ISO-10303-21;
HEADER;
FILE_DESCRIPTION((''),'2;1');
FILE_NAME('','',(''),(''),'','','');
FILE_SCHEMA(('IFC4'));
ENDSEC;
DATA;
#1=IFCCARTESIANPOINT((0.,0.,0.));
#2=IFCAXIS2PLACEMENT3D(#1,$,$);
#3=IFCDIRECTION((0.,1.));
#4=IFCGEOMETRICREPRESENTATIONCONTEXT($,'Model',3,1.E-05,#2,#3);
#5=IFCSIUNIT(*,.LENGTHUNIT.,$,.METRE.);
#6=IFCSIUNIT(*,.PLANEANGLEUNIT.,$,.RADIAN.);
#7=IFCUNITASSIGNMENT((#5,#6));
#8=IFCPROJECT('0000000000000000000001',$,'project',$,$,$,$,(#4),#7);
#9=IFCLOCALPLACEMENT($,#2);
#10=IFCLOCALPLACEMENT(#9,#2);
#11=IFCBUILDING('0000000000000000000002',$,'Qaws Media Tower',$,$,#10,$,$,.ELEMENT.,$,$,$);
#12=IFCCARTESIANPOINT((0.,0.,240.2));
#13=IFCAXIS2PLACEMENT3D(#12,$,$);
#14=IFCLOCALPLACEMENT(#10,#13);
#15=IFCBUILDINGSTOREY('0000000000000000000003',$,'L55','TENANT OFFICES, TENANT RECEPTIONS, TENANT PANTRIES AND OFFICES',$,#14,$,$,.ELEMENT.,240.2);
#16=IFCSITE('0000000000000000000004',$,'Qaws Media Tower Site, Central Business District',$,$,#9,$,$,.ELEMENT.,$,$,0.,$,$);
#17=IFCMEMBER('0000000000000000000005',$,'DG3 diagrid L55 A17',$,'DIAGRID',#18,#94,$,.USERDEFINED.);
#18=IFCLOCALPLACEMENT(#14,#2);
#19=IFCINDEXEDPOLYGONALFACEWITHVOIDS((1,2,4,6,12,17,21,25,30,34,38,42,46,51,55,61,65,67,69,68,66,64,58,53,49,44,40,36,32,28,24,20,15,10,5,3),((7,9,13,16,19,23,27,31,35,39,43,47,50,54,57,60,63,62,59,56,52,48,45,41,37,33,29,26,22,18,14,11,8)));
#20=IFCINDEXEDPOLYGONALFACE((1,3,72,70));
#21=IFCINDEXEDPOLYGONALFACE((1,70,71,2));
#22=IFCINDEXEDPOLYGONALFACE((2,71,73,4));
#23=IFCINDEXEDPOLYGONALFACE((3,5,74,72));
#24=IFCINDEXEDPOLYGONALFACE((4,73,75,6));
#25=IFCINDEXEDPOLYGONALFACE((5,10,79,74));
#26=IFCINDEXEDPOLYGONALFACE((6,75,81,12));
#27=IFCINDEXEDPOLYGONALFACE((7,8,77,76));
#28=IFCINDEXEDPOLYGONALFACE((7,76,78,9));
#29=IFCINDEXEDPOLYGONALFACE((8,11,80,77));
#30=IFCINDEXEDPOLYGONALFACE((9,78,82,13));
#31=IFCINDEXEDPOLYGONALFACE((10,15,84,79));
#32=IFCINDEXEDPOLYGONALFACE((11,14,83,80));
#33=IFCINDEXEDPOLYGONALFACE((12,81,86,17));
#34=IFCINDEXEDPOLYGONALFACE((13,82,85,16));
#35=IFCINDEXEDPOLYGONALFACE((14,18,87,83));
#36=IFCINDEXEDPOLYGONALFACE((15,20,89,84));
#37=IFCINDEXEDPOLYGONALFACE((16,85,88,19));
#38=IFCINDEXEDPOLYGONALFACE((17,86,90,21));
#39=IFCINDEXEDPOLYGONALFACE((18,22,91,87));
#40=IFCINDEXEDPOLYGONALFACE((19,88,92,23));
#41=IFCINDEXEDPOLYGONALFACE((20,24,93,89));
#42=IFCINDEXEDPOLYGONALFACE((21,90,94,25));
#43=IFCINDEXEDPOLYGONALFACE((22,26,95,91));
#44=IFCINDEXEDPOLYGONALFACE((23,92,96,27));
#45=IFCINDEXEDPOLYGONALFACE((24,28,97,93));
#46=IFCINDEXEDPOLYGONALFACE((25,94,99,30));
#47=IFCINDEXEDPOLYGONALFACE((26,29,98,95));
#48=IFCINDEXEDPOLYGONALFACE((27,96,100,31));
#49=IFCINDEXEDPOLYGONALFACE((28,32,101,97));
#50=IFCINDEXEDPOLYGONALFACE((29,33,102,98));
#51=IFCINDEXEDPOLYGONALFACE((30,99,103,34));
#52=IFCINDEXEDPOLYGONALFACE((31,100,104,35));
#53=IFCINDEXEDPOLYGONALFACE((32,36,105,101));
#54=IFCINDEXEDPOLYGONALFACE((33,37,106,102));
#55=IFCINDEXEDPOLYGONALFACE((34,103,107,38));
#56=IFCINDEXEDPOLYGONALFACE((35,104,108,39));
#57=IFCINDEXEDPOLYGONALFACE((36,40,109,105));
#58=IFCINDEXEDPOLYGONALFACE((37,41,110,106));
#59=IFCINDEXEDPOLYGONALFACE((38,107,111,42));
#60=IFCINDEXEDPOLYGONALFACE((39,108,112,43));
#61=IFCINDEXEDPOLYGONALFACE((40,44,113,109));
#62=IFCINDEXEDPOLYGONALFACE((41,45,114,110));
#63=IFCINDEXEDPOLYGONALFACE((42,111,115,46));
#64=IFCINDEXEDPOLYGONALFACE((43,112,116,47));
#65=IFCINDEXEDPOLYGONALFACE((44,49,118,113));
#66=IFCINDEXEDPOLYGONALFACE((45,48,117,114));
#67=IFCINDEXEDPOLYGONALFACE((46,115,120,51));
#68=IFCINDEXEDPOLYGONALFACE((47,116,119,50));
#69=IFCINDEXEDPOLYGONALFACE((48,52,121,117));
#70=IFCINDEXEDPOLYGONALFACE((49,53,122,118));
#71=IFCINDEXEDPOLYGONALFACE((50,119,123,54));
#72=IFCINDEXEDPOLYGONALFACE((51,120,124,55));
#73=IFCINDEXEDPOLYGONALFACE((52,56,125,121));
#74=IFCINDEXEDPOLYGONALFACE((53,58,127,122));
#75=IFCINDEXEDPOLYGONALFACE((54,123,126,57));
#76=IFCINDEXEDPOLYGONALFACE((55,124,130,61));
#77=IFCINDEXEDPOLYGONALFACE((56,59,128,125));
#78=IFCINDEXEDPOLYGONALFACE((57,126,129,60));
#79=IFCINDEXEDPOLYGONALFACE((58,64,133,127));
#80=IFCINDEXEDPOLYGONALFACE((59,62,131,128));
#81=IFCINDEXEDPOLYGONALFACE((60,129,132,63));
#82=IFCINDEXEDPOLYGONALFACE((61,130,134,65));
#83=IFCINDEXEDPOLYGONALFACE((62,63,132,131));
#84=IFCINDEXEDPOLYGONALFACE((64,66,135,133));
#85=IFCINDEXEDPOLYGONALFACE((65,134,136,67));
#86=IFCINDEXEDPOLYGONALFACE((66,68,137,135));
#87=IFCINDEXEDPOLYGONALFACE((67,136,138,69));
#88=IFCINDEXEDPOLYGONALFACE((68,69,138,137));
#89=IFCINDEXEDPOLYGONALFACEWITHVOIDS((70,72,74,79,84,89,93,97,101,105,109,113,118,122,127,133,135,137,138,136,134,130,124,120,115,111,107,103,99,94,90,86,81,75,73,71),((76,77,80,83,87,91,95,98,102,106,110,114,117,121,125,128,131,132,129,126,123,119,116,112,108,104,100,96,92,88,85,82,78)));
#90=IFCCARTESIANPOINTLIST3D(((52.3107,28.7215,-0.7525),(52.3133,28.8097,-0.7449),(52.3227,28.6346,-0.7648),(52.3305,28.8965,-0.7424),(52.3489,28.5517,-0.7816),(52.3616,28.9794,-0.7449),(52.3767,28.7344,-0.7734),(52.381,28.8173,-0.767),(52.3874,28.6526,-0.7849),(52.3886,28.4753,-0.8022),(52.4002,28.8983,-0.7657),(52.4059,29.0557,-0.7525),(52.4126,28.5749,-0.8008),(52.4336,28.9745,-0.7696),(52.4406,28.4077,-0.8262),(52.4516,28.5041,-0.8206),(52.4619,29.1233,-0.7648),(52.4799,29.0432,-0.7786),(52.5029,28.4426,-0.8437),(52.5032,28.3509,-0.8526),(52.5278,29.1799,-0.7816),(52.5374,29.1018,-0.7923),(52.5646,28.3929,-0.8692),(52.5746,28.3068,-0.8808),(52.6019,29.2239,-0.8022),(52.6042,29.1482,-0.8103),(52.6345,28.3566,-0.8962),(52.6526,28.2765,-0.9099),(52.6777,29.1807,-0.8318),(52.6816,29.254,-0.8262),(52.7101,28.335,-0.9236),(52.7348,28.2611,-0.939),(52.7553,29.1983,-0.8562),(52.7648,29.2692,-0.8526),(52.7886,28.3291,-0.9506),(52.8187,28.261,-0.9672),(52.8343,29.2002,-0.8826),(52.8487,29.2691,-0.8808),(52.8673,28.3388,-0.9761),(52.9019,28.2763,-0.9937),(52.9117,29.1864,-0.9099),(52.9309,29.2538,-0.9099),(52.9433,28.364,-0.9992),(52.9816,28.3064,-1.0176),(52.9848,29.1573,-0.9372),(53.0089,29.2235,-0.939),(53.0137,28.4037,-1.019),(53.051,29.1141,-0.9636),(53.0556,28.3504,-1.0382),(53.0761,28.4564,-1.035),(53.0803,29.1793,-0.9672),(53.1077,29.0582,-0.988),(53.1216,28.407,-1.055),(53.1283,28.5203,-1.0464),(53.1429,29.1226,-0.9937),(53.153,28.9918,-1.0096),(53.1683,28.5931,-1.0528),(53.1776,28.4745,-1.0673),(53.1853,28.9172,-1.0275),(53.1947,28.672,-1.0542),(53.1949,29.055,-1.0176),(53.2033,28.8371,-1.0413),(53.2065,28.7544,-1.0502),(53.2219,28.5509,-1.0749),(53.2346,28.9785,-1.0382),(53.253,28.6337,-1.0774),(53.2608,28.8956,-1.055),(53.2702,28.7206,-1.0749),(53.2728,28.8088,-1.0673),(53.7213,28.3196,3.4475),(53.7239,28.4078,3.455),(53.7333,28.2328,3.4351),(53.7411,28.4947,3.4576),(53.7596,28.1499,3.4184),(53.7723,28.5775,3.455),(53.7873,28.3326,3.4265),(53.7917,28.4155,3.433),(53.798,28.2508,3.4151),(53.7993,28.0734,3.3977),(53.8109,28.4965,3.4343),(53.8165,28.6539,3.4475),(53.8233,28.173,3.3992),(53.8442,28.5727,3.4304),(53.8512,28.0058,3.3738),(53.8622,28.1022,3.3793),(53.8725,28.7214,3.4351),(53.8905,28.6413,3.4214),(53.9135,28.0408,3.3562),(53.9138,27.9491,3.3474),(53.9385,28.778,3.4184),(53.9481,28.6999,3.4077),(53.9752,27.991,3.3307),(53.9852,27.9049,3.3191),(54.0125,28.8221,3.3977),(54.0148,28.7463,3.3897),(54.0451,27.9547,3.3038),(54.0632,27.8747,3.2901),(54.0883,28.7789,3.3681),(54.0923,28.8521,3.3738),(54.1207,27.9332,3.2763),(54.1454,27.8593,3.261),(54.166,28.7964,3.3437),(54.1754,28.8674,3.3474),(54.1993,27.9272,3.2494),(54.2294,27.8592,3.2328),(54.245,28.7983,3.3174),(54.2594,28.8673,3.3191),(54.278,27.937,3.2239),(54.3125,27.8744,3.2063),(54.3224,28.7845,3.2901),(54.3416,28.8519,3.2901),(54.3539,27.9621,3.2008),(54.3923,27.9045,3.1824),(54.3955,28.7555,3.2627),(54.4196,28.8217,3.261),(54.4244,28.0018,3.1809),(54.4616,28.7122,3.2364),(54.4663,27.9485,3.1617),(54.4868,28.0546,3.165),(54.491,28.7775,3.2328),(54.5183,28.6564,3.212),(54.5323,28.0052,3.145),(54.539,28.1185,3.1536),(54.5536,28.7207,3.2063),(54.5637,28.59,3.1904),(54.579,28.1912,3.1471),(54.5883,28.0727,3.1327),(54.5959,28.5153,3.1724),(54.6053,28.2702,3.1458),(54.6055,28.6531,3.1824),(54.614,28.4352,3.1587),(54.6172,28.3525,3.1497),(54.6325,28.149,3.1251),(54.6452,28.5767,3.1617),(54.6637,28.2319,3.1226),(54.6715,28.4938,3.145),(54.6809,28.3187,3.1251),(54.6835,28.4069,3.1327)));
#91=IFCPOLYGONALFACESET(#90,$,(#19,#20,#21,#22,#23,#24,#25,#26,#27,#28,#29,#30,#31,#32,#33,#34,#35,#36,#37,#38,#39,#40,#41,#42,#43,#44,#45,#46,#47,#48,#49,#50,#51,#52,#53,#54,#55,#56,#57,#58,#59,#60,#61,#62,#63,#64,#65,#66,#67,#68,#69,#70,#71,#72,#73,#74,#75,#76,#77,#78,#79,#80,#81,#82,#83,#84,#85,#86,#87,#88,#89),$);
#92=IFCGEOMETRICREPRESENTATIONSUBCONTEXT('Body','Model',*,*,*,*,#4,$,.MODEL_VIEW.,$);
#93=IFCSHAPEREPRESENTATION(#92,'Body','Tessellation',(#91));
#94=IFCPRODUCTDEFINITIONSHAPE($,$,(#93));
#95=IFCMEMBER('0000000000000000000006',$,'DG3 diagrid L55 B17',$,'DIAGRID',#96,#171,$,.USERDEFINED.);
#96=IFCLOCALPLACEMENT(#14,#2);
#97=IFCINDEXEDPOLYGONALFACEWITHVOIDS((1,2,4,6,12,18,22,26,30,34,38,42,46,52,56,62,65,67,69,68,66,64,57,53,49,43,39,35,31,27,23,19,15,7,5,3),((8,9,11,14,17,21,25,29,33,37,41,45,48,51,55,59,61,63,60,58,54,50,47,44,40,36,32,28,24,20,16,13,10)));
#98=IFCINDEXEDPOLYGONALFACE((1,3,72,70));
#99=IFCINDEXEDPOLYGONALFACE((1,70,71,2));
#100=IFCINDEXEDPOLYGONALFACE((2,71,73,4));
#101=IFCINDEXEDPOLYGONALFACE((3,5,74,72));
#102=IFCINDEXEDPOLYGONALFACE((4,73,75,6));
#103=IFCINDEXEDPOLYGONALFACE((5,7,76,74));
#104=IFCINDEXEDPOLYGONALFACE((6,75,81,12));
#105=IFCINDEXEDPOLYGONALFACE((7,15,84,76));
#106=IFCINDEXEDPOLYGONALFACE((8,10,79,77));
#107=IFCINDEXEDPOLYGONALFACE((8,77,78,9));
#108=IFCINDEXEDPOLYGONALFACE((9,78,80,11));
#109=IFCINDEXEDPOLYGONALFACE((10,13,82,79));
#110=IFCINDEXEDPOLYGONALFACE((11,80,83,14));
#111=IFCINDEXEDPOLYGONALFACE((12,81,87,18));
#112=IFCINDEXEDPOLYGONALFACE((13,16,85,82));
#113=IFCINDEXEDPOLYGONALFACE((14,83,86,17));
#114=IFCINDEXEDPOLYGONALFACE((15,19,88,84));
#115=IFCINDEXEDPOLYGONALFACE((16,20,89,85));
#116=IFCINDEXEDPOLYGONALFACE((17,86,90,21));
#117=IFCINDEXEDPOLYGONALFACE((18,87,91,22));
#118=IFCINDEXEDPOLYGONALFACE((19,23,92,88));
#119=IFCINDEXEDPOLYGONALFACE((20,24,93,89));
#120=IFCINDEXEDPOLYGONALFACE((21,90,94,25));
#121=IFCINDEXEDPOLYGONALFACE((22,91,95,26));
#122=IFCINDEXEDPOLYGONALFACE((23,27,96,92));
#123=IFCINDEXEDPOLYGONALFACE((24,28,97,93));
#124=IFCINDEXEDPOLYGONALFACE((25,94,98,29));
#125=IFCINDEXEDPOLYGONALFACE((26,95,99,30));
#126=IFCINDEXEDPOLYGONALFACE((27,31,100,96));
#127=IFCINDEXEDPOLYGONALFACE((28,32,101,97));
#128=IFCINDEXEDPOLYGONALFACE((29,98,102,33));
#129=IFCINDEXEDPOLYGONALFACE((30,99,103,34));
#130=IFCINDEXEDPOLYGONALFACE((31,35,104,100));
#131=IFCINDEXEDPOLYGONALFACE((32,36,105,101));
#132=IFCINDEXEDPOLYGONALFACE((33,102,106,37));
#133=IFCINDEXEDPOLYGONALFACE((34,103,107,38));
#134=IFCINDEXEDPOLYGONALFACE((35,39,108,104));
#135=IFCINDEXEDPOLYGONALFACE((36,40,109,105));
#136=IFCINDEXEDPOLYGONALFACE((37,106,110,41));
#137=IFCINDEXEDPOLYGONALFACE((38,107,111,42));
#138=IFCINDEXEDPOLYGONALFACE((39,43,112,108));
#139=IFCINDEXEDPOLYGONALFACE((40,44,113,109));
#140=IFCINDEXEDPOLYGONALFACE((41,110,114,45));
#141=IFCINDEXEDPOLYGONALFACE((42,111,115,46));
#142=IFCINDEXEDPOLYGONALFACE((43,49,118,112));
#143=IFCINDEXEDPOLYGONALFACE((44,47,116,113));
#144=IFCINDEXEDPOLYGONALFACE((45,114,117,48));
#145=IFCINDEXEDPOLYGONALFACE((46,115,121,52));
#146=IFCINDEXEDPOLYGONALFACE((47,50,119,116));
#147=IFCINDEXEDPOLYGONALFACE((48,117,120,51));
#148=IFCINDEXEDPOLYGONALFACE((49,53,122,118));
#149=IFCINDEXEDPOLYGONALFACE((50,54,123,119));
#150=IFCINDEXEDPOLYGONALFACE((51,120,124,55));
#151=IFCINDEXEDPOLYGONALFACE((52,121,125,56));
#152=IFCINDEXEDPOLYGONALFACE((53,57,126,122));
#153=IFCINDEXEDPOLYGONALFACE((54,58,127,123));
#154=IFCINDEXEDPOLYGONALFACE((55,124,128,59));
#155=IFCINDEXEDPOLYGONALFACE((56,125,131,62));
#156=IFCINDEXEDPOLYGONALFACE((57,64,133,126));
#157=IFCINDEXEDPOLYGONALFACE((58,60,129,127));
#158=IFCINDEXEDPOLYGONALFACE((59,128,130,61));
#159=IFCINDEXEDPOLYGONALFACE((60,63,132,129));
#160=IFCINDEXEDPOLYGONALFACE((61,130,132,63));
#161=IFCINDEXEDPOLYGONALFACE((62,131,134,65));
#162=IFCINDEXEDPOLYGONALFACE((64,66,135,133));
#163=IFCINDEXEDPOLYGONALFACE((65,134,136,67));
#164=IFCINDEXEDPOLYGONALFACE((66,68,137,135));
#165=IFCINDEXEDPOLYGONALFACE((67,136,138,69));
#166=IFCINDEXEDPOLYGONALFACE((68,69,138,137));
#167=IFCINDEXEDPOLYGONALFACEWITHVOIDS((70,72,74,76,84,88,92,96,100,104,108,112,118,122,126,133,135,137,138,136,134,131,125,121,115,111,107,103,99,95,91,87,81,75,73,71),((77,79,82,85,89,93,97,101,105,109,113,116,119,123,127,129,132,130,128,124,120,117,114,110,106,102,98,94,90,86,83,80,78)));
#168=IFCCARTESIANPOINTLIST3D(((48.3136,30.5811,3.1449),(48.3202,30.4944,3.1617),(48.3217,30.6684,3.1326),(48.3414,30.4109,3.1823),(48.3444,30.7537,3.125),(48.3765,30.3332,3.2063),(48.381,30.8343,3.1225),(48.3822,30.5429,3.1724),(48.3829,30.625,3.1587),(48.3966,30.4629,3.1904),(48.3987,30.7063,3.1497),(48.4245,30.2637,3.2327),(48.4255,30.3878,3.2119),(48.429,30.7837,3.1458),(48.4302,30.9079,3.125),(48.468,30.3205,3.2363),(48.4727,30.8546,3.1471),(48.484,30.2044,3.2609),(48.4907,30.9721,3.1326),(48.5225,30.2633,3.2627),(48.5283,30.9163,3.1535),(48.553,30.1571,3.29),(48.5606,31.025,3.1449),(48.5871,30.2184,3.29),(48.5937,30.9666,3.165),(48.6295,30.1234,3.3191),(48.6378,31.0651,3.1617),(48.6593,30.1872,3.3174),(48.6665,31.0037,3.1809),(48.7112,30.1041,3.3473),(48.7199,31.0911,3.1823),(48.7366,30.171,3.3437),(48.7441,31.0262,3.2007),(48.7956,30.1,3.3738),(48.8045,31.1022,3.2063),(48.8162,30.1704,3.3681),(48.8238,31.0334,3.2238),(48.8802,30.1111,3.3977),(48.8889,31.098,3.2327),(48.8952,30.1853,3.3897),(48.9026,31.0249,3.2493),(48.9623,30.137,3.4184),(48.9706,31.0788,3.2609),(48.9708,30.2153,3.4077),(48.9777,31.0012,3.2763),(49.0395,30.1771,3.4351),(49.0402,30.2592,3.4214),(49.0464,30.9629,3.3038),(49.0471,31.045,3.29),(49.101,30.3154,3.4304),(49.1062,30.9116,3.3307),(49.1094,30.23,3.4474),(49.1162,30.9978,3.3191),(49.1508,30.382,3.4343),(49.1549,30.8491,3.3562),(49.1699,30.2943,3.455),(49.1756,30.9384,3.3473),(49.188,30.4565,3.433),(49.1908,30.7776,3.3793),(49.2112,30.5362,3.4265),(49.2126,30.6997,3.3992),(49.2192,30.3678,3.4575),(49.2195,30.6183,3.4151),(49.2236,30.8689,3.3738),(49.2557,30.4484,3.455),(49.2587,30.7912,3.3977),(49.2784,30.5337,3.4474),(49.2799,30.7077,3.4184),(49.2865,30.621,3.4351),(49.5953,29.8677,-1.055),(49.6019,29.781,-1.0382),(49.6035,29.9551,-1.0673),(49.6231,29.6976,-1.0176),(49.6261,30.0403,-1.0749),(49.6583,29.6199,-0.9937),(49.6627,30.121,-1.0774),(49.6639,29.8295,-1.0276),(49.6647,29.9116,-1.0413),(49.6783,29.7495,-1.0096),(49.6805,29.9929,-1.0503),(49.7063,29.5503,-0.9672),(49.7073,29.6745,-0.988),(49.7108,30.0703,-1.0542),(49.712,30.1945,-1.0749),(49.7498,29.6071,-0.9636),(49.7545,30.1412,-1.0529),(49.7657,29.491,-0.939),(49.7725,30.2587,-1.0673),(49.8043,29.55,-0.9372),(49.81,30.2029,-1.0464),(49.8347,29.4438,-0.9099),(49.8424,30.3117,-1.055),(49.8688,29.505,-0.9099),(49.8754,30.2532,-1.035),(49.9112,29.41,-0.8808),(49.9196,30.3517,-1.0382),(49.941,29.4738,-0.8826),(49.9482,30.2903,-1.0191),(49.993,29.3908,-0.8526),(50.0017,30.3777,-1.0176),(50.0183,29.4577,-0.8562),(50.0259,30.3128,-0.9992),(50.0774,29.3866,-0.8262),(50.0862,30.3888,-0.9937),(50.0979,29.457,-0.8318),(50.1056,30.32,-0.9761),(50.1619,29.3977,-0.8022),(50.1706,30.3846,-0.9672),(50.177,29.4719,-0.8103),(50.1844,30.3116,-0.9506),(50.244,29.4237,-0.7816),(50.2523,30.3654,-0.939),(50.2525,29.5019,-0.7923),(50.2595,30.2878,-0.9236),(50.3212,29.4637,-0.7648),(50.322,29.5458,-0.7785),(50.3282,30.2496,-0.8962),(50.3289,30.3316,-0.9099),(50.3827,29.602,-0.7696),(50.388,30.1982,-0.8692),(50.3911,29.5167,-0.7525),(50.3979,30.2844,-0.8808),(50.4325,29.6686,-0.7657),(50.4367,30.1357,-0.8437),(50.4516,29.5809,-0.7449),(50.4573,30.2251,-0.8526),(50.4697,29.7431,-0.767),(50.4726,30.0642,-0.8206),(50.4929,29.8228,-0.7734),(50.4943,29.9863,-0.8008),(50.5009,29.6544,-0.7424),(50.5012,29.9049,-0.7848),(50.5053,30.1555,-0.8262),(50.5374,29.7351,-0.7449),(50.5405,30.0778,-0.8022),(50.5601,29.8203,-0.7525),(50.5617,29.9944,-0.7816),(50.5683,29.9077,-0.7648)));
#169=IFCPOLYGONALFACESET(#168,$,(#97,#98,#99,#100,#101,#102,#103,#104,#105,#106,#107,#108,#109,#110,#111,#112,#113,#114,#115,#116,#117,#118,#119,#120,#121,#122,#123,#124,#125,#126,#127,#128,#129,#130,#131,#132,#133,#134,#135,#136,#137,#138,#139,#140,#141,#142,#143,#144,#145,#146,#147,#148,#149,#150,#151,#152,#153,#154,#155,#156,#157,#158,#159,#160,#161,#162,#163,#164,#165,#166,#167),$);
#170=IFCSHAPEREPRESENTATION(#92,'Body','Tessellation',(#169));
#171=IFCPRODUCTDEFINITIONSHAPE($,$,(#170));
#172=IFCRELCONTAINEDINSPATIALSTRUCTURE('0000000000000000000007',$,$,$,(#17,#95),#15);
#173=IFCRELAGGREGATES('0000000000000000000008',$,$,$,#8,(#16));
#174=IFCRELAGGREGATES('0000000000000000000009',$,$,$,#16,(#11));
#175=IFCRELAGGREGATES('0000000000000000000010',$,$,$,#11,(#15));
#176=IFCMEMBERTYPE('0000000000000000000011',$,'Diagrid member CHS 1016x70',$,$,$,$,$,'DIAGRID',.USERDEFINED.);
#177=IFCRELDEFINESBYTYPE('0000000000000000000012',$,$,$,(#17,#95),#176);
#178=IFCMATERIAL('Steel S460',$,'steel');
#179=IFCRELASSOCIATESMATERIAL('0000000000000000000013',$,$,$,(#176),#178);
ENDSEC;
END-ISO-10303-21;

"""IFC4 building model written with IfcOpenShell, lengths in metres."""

from ifc_helpers import new_model, si_unit, direction, frame, origin, origin_2d, place, context, subcontext, project, spatial, hollow_circle, extrude, material, material_profile, profile_set, type_object, element, save


model = new_model("IFC4")

# Units and contexts
model_context = context("Model", 3, precision=1e-05, world=origin(), true_north=direction((0.0, 1.0)))
body_context = subcontext(model_context, "Body", "Model", "MODEL_VIEW")
ifc_project = project(units=[si_unit("LENGTHUNIT", "METRE"), si_unit("PLANEANGLEUNIT", "RADIAN")], contexts=[model_context])

# Site, building, storey
site_placement = place(None, origin())
site = spatial("IfcSite", under=ifc_project, at=site_placement, Name="Qaws Media Tower Site, Central Business District", CompositionType="ELEMENT", RefElevation=0.0)
building_placement = place(site_placement, origin())
building = spatial("IfcBuilding", under=site, at=building_placement, Name="Qaws Media Tower", CompositionType="ELEMENT")
storey_placement = place(building_placement, frame((0.0, 0.0, 240.2)))
storey = spatial("IfcBuildingStorey", under=building, at=storey_placement, Name="L55", Description="TENANT OFFICES, TENANT RECEPTIONS, TENANT PANTRIES AND OFFICES", CompositionType="ELEMENT", Elevation=240.2)

# Members
ifc_material_1 = material(Name="Steel S460", Category="steel")
ifc_material_profile_1 = material_profile(ifc_material_1, hollow_circle(Radius=0.5081, WallThickness=0.0701, at=origin_2d()), Name="CHS 1016x70")
ifc_profile_set_1 = profile_set([ifc_material_profile_1], Name="Steel S460")
member_type_1 = type_object("IfcMemberType", Name="Diagrid member CHS 1016x70", ElementType="DIAGRID", PredefinedType="USERDEFINED", material=ifc_profile_set_1)
for number, where, z_axis, x_axis, name in (
    (1, (52.7917, 28.7651, -0.9099), (0.317091, -0.090331, 0.944084), (0.273974, 0.961737, 0.0), "DG3 diagrid L55 A17"),
    (2, (50.0818, 29.8877, -0.9099), (-0.288112, 0.160355, 0.944075), (-0.486321, -0.87378, 0.0), "DG3 diagrid L55 B17"),
):
    element("IfcMember", number, at=place(storey_placement, frame(where, z_axis=z_axis, x_axis=x_axis)), inside=storey, type_object=member_type_1, Name=name, ObjectType="DIAGRID", PredefinedType="USERDEFINED", context=body_context, shape_type="SweptSolid", body=[
        extrude(hollow_circle(Radius=0.5081, WallThickness=0.0701, at=origin_2d()), origin(), (0.0, 0.0, 1.0), 4.4487),
    ])

save(model, "model.ifc")
